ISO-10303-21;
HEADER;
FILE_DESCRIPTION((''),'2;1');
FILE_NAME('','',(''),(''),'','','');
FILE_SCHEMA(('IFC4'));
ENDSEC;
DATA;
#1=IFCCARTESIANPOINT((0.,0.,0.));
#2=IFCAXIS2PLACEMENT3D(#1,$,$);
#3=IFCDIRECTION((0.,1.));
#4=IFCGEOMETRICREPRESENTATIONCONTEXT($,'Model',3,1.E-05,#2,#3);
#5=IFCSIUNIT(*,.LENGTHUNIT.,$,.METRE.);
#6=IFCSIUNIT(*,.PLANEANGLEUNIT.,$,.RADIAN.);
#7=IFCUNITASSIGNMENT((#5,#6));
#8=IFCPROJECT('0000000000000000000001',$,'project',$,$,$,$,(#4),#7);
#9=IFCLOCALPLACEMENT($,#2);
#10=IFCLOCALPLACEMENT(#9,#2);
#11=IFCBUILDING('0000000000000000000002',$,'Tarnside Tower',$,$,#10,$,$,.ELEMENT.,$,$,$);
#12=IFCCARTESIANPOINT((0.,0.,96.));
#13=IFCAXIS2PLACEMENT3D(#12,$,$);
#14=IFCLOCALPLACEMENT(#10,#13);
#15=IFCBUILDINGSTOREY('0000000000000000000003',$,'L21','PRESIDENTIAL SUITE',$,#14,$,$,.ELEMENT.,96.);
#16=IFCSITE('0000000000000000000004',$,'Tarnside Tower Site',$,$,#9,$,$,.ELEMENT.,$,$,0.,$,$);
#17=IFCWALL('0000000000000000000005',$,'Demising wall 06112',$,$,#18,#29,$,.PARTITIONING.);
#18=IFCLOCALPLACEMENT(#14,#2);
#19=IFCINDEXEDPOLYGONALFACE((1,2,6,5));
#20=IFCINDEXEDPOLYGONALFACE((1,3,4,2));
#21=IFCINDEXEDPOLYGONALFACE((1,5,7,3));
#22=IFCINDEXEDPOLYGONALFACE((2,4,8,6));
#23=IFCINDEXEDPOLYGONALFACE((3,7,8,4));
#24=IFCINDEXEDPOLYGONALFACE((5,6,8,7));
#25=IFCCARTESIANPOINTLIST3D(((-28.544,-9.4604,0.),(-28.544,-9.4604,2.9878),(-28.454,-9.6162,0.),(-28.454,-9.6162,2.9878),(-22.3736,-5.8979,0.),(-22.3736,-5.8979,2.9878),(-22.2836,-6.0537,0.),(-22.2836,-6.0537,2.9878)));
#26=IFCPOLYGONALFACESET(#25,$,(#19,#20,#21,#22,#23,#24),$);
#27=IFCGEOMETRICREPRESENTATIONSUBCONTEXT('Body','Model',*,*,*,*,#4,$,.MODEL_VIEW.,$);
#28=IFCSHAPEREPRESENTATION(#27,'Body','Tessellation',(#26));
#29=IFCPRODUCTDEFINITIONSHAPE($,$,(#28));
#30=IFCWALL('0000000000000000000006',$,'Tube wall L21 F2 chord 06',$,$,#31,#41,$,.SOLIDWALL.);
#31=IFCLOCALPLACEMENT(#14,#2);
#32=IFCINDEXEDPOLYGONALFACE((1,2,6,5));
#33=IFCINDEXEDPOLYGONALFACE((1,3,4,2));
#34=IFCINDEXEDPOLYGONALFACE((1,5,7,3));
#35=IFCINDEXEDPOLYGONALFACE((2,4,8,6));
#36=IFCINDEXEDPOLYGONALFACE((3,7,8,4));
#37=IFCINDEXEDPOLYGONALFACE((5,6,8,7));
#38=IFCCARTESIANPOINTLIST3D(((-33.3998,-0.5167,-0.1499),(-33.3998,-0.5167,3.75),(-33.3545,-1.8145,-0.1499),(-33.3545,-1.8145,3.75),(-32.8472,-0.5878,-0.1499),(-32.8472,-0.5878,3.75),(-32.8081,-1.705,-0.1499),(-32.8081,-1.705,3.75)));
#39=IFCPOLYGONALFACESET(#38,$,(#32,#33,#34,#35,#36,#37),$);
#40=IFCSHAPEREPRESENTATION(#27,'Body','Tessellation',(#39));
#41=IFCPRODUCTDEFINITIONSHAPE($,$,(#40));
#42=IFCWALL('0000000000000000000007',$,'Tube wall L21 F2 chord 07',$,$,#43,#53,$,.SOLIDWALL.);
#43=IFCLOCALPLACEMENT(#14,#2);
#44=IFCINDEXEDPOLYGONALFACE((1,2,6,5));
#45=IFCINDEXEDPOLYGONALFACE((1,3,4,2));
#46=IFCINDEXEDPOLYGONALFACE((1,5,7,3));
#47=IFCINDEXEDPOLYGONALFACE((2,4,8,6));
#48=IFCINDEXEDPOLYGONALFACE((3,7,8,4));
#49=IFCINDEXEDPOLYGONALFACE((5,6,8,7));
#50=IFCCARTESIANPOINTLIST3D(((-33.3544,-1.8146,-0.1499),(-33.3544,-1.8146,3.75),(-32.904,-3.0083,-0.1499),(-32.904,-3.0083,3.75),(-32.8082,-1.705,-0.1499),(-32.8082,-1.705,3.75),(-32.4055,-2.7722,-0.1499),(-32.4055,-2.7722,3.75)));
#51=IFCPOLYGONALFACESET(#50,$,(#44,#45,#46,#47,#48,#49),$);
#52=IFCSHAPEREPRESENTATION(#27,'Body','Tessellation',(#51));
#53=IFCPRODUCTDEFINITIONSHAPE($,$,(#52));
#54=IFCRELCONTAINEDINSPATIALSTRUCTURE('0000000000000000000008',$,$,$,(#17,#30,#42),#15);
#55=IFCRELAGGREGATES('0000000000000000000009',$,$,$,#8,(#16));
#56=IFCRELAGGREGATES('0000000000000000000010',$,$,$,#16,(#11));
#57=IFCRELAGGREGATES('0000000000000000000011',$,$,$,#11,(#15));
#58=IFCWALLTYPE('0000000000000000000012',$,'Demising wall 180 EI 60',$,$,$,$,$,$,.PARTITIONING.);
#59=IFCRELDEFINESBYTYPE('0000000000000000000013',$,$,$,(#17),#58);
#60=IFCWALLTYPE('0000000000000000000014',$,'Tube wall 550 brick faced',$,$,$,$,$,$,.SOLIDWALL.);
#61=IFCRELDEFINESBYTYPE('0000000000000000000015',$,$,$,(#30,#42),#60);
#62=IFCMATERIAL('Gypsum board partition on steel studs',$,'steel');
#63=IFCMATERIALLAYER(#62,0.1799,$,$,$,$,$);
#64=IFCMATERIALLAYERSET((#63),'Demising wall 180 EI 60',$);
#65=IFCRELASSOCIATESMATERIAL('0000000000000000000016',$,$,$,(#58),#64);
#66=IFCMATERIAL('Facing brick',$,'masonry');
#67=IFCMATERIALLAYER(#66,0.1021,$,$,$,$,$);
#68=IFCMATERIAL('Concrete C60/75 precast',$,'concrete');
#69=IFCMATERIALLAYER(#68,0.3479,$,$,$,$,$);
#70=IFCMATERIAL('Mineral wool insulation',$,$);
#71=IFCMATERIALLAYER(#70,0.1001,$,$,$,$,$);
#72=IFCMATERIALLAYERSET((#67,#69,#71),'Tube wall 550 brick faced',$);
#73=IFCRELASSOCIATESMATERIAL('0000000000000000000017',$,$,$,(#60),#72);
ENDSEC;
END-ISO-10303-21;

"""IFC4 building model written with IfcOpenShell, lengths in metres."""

from ifc_helpers import new_model, si_unit, direction, frame, frame_2d, origin, place, context, subcontext, project, spatial, polyline, rectangle, outline, extrude, material, layer, layer_set, type_object, element, save


model = new_model("IFC4")

# Units and contexts
model_context = context("Model", 3, precision=1e-05, world=origin(), true_north=direction((0.0, 1.0)))
body_context = subcontext(model_context, "Body", "Model", "MODEL_VIEW")
ifc_project = project(units=[si_unit("LENGTHUNIT", "METRE"), si_unit("PLANEANGLEUNIT", "RADIAN")], contexts=[model_context])

# Site, building, storey
site_placement = place(None, origin())
site = spatial("IfcSite", under=ifc_project, at=site_placement, Name="Tarnside Tower Site", CompositionType="ELEMENT", RefElevation=0.0)
building_placement = place(site_placement, origin())
building = spatial("IfcBuilding", under=site, at=building_placement, Name="Tarnside Tower", CompositionType="ELEMENT")
storey_placement = place(building_placement, frame((0.0, 0.0, 96.0)))
storey = spatial("IfcBuildingStorey", under=building, at=storey_placement, Name="L21", Description="PRESIDENTIAL SUITE", CompositionType="ELEMENT", Elevation=96.0)

# Walls
ifc_material_1 = material(Name="Gypsum board partition on steel studs", Category="steel")
ifc_layer_1 = layer(ifc_material_1, 0.1799)
ifc_layer_set_1 = layer_set([ifc_layer_1], Name="Demising wall 180 EI 60")
wall_type_1 = type_object("IfcWallType", Name="Demising wall 180 EI 60", PredefinedType="PARTITIONING", material=ifc_layer_set_1)
wall_1_placement = place(storey_placement, frame((-28.499, -9.5383, 0.0), z_axis=(0.0, 0.0, 1.0), x_axis=(0.866025, 0.500001, 0.0)))
element("IfcWall", 1, at=wall_1_placement, inside=storey, type_object=wall_type_1, Name="Demising wall 06112", PredefinedType="PARTITIONING", context=body_context, shape_type="SweptSolid", body=[
    extrude(rectangle(XDim=7.125, YDim=0.1799, at=frame_2d((3.5625, 0.0))), origin(), (0.0, 0.0, 1.0), 2.9878),
])
ifc_material_2 = material(Name="Facing brick", Category="masonry")
ifc_layer_2 = layer(ifc_material_2, 0.1021)
ifc_material_3 = material(Name="Concrete C60/75 precast", Category="concrete")
ifc_layer_3 = layer(ifc_material_3, 0.3479)
ifc_material_4 = material(Name="Mineral wool insulation")
ifc_layer_4 = layer(ifc_material_4, 0.1001)
ifc_layer_set_2 = layer_set([ifc_layer_2, ifc_layer_3, ifc_layer_4], Name="Tube wall 550 brick faced")
wall_type_2 = type_object("IfcWallType", Name="Tube wall 550 brick faced", PredefinedType="SOLIDWALL", material=ifc_layer_set_2)
wall_2_placement = place(storey_placement, frame((-33.1235, -0.5522, -0.1499), z_axis=(0.0, 0.0, 1.0), x_axis=(0.034956, -0.999389, 0.0)))
element("IfcWall", 2, at=wall_2_placement, inside=storey, type_object=wall_type_2, Name="Tube wall L21 F2 chord 06", PredefinedType="SOLIDWALL", context=body_context, shape_type="SweptSolid", body=[
    extrude(outline(polyline([(-0.0452, -0.2749), (1.2534, -0.2749), (1.1631, 0.2749), (0.0452, 0.2749), (-0.0452, -0.2749)])), origin(), (0.0, 0.0, 1.0), 3.8999),
])
wall_3_placement = place(storey_placement, frame((-33.0813, -1.7598, -0.1499), z_axis=(0.0, 0.0, 1.0), x_axis=(0.353027, -0.935613, 0.0)))
element("IfcWall", 3, at=wall_3_placement, inside=storey, type_object=wall_type_2, Name="Tube wall L21 F2 chord 07", PredefinedType="SOLIDWALL", context=body_context, shape_type="SweptSolid", body=[
    extrude(outline(polyline([(-0.0452, -0.2749), (1.2307, -0.2749), (1.1858, 0.2749), (0.0452, 0.2749), (-0.0452, -0.2749)])), origin(), (0.0, 0.0, 1.0), 3.8999),
])

save(model, "model.ifc")
